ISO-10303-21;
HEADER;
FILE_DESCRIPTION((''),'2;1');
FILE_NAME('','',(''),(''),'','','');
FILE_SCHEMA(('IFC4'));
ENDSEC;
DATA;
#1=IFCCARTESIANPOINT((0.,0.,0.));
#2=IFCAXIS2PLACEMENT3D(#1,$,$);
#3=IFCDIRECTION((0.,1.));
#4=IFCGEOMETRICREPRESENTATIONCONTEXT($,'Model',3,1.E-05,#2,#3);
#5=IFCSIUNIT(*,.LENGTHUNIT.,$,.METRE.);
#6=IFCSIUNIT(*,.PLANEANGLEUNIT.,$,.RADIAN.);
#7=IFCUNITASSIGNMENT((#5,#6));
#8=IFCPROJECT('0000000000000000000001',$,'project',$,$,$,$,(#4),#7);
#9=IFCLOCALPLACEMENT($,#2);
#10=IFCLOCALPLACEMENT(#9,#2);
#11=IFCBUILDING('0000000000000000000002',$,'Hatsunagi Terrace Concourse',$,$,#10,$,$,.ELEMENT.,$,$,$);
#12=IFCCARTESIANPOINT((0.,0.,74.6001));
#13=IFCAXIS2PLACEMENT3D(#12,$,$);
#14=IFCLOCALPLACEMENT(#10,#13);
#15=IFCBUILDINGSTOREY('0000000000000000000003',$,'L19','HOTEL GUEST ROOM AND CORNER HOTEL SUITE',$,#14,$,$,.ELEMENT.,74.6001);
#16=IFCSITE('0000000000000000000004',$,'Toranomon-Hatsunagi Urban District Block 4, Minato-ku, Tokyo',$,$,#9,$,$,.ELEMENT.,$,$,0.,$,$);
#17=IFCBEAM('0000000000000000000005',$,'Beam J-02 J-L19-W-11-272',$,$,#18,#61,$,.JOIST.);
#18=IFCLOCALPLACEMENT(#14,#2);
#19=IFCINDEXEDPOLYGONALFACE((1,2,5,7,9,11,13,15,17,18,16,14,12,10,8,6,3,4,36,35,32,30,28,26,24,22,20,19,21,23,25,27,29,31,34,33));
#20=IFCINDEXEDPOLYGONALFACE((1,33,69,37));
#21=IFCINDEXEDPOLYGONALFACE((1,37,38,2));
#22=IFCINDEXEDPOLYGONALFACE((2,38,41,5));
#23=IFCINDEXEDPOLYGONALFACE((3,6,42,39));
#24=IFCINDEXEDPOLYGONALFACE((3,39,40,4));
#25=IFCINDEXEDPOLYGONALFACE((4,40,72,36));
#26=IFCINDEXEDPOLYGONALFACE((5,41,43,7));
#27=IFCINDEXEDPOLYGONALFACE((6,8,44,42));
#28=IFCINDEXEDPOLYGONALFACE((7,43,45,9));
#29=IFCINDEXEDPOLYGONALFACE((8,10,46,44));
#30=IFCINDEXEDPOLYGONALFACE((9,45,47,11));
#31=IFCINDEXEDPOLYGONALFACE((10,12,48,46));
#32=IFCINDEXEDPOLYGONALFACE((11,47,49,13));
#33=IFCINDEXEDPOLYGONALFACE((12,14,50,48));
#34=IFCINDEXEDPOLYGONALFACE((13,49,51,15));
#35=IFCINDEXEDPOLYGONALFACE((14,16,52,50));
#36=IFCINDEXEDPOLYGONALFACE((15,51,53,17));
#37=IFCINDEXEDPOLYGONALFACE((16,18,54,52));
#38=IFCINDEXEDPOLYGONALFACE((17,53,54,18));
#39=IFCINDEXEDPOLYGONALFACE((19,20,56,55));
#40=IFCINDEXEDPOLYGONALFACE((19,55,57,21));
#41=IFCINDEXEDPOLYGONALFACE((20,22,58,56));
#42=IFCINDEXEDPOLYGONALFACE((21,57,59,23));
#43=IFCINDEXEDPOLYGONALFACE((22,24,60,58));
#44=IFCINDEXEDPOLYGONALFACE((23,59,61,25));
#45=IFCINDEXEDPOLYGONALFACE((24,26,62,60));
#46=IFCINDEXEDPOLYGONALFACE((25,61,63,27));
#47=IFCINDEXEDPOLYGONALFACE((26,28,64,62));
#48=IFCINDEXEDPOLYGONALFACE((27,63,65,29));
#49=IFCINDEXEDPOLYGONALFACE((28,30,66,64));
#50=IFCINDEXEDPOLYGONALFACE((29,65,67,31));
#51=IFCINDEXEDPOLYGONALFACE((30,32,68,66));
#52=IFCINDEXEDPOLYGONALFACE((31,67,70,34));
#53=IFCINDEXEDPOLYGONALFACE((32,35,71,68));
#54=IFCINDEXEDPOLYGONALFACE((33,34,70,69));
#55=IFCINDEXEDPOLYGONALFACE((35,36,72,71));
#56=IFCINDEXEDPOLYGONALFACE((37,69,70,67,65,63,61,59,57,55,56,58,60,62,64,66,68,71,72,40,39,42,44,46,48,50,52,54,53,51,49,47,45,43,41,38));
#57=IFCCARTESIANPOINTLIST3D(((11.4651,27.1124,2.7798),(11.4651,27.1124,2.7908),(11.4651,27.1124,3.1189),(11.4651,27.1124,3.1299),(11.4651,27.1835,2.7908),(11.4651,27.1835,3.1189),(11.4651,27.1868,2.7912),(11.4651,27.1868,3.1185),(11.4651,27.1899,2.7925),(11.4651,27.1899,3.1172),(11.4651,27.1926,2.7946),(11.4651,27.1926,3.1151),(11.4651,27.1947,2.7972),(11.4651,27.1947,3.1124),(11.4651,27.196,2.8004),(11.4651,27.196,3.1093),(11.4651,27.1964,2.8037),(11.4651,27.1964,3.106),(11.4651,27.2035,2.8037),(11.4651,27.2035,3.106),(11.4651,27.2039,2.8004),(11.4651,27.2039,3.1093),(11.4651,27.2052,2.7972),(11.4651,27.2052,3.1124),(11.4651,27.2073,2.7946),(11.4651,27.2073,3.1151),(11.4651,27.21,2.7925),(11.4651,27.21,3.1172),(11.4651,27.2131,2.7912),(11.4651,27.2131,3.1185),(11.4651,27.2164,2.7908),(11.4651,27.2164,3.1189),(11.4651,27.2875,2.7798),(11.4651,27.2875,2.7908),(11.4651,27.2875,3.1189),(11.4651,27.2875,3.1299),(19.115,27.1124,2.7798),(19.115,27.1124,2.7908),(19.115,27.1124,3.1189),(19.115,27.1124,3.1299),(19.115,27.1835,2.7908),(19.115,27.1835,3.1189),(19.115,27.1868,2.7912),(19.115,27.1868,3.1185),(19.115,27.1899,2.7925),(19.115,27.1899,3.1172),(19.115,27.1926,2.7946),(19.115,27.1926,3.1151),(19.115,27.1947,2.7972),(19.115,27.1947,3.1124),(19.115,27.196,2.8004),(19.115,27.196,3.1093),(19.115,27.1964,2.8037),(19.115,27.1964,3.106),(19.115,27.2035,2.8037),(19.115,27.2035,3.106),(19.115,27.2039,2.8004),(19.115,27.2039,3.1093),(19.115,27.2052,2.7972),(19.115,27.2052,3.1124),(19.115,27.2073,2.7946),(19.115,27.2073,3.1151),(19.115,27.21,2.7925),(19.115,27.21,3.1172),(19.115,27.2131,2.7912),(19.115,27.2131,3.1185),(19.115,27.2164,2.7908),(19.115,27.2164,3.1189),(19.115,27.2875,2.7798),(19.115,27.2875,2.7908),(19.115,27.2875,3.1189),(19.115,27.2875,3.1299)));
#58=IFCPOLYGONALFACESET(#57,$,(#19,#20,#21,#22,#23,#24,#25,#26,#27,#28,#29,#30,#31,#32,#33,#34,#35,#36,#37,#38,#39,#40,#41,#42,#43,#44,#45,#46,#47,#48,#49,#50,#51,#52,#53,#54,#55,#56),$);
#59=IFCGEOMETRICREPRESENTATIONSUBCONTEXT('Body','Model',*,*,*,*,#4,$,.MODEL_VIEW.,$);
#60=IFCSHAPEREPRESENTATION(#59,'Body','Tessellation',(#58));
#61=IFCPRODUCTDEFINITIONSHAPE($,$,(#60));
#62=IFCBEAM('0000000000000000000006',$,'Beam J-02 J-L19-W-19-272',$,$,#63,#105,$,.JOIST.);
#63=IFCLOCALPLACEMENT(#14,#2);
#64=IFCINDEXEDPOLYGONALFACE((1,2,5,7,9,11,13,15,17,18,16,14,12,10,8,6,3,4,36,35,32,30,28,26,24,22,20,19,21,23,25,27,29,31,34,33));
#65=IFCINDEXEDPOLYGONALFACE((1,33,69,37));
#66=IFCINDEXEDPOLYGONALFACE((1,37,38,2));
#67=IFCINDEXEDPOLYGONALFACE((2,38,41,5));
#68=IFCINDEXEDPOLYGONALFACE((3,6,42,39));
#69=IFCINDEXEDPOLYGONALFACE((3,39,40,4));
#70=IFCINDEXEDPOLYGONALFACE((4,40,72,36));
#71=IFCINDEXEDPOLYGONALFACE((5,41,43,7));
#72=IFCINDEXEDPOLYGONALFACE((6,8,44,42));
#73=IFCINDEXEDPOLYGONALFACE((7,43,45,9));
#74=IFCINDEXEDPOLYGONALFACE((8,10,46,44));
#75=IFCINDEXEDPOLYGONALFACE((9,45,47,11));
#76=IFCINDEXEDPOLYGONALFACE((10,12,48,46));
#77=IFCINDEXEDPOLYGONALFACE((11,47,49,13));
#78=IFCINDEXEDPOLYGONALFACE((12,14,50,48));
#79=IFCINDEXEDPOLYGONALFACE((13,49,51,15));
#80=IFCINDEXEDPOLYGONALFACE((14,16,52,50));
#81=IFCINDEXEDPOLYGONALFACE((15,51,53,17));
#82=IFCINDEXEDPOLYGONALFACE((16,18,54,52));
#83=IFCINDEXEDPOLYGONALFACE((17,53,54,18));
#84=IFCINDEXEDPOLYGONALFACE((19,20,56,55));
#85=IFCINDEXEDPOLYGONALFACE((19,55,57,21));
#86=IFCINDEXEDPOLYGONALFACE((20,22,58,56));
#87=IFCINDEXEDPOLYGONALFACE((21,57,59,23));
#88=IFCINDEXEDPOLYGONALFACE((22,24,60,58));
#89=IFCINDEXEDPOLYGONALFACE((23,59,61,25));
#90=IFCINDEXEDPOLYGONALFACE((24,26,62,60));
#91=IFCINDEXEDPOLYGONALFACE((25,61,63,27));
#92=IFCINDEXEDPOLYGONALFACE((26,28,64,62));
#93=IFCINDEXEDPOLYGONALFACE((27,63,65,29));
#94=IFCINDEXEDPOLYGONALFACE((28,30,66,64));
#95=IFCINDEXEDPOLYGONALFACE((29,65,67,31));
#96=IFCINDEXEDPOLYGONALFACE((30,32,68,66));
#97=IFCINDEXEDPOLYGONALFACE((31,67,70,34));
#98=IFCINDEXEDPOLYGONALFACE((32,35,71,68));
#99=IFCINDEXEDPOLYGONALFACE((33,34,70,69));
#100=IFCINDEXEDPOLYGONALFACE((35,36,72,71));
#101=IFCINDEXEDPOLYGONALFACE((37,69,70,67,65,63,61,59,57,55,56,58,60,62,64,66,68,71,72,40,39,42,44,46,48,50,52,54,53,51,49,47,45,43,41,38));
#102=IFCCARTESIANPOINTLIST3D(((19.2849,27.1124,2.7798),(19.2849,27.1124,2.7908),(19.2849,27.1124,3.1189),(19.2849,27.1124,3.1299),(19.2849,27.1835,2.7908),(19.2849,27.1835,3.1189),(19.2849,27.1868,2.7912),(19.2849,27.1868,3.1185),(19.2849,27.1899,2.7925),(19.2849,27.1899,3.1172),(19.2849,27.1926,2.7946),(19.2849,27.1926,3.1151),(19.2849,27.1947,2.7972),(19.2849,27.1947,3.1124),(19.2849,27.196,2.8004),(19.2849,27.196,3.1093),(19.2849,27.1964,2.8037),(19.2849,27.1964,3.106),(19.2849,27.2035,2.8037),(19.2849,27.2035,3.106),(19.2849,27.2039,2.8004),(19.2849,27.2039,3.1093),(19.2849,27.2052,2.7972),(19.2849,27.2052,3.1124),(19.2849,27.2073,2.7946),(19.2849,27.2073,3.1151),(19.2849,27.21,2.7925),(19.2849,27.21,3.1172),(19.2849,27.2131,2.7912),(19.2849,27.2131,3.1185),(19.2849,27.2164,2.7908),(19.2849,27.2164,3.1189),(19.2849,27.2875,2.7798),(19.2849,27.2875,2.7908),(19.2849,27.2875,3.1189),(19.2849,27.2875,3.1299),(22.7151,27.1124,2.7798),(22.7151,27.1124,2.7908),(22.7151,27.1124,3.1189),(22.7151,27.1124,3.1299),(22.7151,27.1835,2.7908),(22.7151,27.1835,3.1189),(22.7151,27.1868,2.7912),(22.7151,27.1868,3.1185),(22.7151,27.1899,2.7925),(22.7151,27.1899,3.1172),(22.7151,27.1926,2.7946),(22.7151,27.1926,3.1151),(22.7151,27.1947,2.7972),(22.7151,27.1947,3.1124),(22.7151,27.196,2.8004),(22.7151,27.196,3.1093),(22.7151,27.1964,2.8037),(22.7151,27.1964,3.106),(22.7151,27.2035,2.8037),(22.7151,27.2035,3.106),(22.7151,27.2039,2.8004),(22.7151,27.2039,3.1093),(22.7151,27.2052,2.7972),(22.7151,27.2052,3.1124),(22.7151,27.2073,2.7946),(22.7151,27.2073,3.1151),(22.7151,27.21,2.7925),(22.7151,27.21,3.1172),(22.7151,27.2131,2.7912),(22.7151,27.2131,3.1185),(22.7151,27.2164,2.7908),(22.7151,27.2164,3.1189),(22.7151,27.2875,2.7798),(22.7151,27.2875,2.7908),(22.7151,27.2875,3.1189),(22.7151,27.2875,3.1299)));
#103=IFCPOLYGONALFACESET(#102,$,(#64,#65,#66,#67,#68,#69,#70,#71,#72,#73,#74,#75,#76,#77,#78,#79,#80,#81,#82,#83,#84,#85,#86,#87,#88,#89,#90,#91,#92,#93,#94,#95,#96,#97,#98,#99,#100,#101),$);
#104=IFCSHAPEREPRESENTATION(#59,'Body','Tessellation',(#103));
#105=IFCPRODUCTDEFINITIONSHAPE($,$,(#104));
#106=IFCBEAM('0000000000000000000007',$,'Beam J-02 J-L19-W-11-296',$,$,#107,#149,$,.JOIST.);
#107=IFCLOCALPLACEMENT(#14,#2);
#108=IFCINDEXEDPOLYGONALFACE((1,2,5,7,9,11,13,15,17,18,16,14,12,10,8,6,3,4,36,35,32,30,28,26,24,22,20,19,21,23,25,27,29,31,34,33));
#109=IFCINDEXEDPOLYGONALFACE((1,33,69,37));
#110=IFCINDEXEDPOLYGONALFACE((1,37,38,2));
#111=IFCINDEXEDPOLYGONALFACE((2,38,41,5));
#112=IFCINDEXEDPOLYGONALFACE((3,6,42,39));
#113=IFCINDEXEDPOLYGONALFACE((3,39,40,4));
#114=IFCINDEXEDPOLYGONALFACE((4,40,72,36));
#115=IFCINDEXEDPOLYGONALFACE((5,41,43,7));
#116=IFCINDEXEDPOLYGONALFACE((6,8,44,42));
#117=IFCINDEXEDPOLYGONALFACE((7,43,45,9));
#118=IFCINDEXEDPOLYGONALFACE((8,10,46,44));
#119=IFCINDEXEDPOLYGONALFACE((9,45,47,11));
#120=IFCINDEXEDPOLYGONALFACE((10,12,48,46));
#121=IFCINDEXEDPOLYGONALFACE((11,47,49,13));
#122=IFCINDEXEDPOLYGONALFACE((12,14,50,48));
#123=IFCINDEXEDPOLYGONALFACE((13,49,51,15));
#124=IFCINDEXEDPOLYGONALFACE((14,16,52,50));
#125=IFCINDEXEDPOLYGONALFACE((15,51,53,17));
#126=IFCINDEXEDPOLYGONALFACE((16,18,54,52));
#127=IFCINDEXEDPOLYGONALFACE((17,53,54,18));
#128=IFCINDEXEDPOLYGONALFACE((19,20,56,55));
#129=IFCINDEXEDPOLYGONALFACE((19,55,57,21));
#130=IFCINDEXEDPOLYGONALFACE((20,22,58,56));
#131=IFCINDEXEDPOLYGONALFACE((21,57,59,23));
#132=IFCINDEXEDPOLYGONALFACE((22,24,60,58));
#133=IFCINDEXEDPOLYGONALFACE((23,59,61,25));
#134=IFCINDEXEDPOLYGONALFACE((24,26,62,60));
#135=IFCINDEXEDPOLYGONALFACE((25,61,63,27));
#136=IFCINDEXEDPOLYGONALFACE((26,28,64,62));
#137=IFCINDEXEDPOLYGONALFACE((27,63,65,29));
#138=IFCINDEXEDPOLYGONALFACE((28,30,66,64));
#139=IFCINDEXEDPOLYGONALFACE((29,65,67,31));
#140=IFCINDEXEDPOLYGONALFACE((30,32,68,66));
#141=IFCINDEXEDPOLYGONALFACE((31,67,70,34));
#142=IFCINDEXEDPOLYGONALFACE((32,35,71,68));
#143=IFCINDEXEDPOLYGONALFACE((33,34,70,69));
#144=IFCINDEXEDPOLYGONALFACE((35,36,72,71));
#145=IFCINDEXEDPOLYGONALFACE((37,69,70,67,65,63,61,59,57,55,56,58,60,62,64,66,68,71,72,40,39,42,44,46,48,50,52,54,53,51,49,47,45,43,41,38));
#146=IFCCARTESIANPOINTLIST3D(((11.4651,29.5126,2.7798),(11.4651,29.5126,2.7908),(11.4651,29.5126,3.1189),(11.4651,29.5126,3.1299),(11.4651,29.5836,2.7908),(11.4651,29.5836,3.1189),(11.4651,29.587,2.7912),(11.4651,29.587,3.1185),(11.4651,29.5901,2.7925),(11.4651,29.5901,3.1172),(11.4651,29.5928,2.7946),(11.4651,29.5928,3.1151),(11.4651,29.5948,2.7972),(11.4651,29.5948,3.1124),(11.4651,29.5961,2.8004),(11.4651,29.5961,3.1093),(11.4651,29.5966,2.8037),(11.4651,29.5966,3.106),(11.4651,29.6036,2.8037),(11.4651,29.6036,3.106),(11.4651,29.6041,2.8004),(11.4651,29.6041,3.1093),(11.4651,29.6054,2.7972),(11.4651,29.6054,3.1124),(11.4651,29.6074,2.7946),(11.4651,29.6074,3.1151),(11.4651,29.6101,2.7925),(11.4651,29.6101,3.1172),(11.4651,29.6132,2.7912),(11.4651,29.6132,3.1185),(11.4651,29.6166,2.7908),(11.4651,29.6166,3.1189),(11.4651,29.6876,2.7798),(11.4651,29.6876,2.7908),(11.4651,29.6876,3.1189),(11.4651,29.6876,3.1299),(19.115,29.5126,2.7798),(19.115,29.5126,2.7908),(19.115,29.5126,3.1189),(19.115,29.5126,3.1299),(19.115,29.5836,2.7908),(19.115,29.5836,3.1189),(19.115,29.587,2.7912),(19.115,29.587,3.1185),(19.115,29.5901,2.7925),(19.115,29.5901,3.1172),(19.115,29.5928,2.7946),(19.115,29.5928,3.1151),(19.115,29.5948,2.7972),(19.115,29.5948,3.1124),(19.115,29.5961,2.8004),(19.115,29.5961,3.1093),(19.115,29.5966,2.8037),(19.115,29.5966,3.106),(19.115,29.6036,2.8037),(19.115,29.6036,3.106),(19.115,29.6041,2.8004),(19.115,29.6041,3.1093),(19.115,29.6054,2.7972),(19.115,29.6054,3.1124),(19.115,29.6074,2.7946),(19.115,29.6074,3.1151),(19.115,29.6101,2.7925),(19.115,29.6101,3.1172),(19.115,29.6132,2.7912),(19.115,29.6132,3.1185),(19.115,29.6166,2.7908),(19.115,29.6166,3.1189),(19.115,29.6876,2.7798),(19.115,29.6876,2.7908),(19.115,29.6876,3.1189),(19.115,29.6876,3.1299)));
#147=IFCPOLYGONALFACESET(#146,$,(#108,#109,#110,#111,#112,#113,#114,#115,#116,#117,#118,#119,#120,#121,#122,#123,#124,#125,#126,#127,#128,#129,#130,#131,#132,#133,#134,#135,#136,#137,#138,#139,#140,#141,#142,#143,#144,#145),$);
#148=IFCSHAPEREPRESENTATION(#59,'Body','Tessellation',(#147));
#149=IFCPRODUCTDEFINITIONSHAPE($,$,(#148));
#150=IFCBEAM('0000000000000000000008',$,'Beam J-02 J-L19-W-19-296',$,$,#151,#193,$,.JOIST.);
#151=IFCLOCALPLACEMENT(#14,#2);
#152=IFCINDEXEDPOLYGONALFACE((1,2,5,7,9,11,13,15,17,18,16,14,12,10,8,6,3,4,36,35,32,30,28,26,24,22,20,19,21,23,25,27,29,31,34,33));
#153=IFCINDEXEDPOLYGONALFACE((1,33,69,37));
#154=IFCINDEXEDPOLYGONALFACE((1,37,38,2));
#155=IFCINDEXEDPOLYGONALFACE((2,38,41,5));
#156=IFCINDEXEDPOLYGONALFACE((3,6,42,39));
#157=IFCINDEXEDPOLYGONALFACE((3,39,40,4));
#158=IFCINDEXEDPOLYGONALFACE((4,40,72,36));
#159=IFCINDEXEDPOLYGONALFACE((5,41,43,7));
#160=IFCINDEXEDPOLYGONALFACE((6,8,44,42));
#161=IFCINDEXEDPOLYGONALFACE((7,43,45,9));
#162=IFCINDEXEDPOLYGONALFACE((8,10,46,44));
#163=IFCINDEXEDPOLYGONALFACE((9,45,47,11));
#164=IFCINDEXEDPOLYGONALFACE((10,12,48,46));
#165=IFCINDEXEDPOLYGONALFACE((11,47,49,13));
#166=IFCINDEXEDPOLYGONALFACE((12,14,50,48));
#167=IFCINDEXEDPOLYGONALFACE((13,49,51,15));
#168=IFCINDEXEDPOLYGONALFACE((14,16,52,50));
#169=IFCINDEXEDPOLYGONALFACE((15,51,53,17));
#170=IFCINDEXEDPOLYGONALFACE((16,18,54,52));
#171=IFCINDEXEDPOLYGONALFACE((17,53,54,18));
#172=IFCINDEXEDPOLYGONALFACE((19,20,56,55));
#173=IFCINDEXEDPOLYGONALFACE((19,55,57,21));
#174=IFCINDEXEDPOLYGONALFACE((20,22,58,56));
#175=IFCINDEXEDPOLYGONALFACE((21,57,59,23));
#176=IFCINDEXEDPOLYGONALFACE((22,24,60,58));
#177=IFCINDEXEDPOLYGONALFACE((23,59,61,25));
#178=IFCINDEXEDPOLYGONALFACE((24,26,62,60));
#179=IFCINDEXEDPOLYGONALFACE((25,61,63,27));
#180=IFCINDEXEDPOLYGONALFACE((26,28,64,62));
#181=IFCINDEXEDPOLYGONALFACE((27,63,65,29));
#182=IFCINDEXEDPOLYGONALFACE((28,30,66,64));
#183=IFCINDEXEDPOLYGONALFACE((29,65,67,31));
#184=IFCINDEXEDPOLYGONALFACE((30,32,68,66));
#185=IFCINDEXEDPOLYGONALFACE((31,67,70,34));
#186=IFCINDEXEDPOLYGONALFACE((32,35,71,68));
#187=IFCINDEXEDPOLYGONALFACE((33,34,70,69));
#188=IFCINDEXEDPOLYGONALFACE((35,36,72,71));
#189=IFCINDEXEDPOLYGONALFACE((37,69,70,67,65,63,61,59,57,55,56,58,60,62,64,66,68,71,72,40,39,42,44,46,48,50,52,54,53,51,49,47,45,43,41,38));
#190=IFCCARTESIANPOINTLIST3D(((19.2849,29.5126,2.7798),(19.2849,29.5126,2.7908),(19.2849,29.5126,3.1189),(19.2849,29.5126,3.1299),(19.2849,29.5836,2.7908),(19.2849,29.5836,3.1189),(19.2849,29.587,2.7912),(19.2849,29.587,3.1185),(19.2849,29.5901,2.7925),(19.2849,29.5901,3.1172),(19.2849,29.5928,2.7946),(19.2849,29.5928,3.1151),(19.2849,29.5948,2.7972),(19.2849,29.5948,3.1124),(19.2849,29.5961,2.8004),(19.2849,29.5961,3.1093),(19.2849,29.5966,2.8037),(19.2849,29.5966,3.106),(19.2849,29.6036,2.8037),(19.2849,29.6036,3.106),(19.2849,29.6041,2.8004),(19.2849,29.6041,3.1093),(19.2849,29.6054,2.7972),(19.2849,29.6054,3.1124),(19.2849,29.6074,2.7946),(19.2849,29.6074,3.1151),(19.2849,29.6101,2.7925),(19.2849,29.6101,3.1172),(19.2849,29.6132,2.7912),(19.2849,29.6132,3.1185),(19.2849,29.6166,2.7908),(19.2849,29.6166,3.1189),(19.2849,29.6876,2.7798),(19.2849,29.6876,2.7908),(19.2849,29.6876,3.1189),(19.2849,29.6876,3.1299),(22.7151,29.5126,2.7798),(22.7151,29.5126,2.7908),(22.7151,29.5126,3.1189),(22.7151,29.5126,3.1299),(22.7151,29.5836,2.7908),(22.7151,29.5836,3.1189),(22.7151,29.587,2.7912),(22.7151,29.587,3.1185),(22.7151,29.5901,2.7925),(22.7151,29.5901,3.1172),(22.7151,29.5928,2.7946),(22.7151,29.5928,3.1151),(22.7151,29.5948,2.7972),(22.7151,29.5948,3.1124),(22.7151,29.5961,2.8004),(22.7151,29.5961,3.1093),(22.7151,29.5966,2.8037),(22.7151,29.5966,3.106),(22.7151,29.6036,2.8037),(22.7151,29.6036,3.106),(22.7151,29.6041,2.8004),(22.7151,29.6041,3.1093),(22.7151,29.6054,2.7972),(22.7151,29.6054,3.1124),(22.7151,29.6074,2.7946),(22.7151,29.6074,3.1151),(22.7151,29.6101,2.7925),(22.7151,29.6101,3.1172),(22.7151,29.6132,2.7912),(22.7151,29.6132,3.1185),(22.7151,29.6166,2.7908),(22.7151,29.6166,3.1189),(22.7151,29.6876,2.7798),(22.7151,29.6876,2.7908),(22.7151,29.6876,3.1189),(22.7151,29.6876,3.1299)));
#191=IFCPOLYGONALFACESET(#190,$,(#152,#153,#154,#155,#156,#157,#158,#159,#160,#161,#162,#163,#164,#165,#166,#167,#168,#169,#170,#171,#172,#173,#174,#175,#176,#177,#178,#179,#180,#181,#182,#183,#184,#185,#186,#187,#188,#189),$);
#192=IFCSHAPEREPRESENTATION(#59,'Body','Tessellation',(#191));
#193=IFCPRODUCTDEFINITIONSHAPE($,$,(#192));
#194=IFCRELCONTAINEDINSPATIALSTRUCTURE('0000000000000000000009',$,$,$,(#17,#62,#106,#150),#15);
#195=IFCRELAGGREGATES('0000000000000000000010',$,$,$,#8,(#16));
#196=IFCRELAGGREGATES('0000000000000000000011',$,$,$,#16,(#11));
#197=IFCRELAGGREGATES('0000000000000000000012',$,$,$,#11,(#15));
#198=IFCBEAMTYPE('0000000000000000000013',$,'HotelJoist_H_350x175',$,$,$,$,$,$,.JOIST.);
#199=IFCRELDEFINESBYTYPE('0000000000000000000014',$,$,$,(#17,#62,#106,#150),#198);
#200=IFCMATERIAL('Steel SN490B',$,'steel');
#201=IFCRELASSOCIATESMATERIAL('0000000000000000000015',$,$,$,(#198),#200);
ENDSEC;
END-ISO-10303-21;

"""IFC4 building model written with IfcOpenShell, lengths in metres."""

from ifc_helpers import new_model, si_unit, direction, frame, origin, origin_2d, place, context, subcontext, project, spatial, i_section, extrude, material, material_profile, profile_set, type_object, element, save


model = new_model("IFC4")

# Units and contexts
model_context = context("Model", 3, precision=1e-05, world=origin(), true_north=direction((0.0, 1.0)))
body_context = subcontext(model_context, "Body", "Model", "MODEL_VIEW")
ifc_project = project(units=[si_unit("LENGTHUNIT", "METRE"), si_unit("PLANEANGLEUNIT", "RADIAN")], contexts=[model_context])

# Site, building, storey
site_placement = place(None, origin())
site = spatial("IfcSite", under=ifc_project, at=site_placement, Name="Toranomon-Hatsunagi Urban District Block 4, Minato-ku, Tokyo", CompositionType="ELEMENT", RefElevation=0.0)
building_placement = place(site_placement, origin())
building = spatial("IfcBuilding", under=site, at=building_placement, Name="Hatsunagi Terrace Concourse", CompositionType="ELEMENT")
storey_placement = place(building_placement, frame((0.0, 0.0, 74.6001)))
storey = spatial("IfcBuildingStorey", under=building, at=storey_placement, Name="L19", Description="HOTEL GUEST ROOM AND CORNER HOTEL SUITE", CompositionType="ELEMENT", Elevation=74.6001)

# Beams
ifc_material_1 = material(Name="Steel SN490B", Category="steel")
ifc_material_profile_1 = material_profile(ifc_material_1, i_section(OverallWidth=0.175, OverallDepth=0.3501, WebThickness=0.0071, FlangeThickness=0.011, FilletRadius=0.0129, at=origin_2d()), Name="H-350x175x7x11")
ifc_profile_set_1 = profile_set([ifc_material_profile_1], Name="Steel SN490B")
beam_type_1 = type_object("IfcBeamType", Name="HotelJoist_H_350x175", PredefinedType="JOIST", material=ifc_profile_set_1)
beam_1_placement = place(storey_placement, frame((11.4651, 27.2, 2.9548), z_axis=(1.0, 0.0, 0.0), x_axis=(0.0, 1.0, 0.0)))
element("IfcBeam", 1, at=beam_1_placement, inside=storey, type_object=beam_type_1, Name="Beam J-02 J-L19-W-11-272", PredefinedType="JOIST", context=body_context, shape_type="SweptSolid", body=[
    extrude(i_section(OverallWidth=0.175, OverallDepth=0.3501, WebThickness=0.0071, FlangeThickness=0.011, FilletRadius=0.0129, at=origin_2d()), origin(), (0.0, 0.0, 1.0), 7.6499),
])
beam_2_placement = place(storey_placement, frame((19.2849, 27.2, 2.9548), z_axis=(1.0, 0.0, 0.0), x_axis=(0.0, 1.0, 0.0)))
element("IfcBeam", 2, at=beam_2_placement, inside=storey, type_object=beam_type_1, Name="Beam J-02 J-L19-W-19-272", PredefinedType="JOIST", context=body_context, shape_type="SweptSolid", body=[
    extrude(i_section(OverallWidth=0.175, OverallDepth=0.3501, WebThickness=0.0071, FlangeThickness=0.011, FilletRadius=0.0129, at=origin_2d()), origin(), (0.0, 0.0, 1.0), 3.4302),
])
beam_3_placement = place(storey_placement, frame((11.4651, 29.6001, 2.9548), z_axis=(1.0, 0.0, 0.0), x_axis=(0.0, 1.0, 0.0)))
element("IfcBeam", 3, at=beam_3_placement, inside=storey, type_object=beam_type_1, Name="Beam J-02 J-L19-W-11-296", PredefinedType="JOIST", context=body_context, shape_type="SweptSolid", body=[
    extrude(i_section(OverallWidth=0.175, OverallDepth=0.3501, WebThickness=0.0071, FlangeThickness=0.011, FilletRadius=0.0129, at=origin_2d()), origin(), (0.0, 0.0, 1.0), 7.6499),
])
beam_4_placement = place(storey_placement, frame((19.2849, 29.6001, 2.9548), z_axis=(1.0, 0.0, 0.0), x_axis=(0.0, 1.0, 0.0)))
element("IfcBeam", 4, at=beam_4_placement, inside=storey, type_object=beam_type_1, Name="Beam J-02 J-L19-W-19-296", PredefinedType="JOIST", context=body_context, shape_type="SweptSolid", body=[
    extrude(i_section(OverallWidth=0.175, OverallDepth=0.3501, WebThickness=0.0071, FlangeThickness=0.011, FilletRadius=0.0129, at=origin_2d()), origin(), (0.0, 0.0, 1.0), 3.4302),
])

save(model, "model.ifc")
